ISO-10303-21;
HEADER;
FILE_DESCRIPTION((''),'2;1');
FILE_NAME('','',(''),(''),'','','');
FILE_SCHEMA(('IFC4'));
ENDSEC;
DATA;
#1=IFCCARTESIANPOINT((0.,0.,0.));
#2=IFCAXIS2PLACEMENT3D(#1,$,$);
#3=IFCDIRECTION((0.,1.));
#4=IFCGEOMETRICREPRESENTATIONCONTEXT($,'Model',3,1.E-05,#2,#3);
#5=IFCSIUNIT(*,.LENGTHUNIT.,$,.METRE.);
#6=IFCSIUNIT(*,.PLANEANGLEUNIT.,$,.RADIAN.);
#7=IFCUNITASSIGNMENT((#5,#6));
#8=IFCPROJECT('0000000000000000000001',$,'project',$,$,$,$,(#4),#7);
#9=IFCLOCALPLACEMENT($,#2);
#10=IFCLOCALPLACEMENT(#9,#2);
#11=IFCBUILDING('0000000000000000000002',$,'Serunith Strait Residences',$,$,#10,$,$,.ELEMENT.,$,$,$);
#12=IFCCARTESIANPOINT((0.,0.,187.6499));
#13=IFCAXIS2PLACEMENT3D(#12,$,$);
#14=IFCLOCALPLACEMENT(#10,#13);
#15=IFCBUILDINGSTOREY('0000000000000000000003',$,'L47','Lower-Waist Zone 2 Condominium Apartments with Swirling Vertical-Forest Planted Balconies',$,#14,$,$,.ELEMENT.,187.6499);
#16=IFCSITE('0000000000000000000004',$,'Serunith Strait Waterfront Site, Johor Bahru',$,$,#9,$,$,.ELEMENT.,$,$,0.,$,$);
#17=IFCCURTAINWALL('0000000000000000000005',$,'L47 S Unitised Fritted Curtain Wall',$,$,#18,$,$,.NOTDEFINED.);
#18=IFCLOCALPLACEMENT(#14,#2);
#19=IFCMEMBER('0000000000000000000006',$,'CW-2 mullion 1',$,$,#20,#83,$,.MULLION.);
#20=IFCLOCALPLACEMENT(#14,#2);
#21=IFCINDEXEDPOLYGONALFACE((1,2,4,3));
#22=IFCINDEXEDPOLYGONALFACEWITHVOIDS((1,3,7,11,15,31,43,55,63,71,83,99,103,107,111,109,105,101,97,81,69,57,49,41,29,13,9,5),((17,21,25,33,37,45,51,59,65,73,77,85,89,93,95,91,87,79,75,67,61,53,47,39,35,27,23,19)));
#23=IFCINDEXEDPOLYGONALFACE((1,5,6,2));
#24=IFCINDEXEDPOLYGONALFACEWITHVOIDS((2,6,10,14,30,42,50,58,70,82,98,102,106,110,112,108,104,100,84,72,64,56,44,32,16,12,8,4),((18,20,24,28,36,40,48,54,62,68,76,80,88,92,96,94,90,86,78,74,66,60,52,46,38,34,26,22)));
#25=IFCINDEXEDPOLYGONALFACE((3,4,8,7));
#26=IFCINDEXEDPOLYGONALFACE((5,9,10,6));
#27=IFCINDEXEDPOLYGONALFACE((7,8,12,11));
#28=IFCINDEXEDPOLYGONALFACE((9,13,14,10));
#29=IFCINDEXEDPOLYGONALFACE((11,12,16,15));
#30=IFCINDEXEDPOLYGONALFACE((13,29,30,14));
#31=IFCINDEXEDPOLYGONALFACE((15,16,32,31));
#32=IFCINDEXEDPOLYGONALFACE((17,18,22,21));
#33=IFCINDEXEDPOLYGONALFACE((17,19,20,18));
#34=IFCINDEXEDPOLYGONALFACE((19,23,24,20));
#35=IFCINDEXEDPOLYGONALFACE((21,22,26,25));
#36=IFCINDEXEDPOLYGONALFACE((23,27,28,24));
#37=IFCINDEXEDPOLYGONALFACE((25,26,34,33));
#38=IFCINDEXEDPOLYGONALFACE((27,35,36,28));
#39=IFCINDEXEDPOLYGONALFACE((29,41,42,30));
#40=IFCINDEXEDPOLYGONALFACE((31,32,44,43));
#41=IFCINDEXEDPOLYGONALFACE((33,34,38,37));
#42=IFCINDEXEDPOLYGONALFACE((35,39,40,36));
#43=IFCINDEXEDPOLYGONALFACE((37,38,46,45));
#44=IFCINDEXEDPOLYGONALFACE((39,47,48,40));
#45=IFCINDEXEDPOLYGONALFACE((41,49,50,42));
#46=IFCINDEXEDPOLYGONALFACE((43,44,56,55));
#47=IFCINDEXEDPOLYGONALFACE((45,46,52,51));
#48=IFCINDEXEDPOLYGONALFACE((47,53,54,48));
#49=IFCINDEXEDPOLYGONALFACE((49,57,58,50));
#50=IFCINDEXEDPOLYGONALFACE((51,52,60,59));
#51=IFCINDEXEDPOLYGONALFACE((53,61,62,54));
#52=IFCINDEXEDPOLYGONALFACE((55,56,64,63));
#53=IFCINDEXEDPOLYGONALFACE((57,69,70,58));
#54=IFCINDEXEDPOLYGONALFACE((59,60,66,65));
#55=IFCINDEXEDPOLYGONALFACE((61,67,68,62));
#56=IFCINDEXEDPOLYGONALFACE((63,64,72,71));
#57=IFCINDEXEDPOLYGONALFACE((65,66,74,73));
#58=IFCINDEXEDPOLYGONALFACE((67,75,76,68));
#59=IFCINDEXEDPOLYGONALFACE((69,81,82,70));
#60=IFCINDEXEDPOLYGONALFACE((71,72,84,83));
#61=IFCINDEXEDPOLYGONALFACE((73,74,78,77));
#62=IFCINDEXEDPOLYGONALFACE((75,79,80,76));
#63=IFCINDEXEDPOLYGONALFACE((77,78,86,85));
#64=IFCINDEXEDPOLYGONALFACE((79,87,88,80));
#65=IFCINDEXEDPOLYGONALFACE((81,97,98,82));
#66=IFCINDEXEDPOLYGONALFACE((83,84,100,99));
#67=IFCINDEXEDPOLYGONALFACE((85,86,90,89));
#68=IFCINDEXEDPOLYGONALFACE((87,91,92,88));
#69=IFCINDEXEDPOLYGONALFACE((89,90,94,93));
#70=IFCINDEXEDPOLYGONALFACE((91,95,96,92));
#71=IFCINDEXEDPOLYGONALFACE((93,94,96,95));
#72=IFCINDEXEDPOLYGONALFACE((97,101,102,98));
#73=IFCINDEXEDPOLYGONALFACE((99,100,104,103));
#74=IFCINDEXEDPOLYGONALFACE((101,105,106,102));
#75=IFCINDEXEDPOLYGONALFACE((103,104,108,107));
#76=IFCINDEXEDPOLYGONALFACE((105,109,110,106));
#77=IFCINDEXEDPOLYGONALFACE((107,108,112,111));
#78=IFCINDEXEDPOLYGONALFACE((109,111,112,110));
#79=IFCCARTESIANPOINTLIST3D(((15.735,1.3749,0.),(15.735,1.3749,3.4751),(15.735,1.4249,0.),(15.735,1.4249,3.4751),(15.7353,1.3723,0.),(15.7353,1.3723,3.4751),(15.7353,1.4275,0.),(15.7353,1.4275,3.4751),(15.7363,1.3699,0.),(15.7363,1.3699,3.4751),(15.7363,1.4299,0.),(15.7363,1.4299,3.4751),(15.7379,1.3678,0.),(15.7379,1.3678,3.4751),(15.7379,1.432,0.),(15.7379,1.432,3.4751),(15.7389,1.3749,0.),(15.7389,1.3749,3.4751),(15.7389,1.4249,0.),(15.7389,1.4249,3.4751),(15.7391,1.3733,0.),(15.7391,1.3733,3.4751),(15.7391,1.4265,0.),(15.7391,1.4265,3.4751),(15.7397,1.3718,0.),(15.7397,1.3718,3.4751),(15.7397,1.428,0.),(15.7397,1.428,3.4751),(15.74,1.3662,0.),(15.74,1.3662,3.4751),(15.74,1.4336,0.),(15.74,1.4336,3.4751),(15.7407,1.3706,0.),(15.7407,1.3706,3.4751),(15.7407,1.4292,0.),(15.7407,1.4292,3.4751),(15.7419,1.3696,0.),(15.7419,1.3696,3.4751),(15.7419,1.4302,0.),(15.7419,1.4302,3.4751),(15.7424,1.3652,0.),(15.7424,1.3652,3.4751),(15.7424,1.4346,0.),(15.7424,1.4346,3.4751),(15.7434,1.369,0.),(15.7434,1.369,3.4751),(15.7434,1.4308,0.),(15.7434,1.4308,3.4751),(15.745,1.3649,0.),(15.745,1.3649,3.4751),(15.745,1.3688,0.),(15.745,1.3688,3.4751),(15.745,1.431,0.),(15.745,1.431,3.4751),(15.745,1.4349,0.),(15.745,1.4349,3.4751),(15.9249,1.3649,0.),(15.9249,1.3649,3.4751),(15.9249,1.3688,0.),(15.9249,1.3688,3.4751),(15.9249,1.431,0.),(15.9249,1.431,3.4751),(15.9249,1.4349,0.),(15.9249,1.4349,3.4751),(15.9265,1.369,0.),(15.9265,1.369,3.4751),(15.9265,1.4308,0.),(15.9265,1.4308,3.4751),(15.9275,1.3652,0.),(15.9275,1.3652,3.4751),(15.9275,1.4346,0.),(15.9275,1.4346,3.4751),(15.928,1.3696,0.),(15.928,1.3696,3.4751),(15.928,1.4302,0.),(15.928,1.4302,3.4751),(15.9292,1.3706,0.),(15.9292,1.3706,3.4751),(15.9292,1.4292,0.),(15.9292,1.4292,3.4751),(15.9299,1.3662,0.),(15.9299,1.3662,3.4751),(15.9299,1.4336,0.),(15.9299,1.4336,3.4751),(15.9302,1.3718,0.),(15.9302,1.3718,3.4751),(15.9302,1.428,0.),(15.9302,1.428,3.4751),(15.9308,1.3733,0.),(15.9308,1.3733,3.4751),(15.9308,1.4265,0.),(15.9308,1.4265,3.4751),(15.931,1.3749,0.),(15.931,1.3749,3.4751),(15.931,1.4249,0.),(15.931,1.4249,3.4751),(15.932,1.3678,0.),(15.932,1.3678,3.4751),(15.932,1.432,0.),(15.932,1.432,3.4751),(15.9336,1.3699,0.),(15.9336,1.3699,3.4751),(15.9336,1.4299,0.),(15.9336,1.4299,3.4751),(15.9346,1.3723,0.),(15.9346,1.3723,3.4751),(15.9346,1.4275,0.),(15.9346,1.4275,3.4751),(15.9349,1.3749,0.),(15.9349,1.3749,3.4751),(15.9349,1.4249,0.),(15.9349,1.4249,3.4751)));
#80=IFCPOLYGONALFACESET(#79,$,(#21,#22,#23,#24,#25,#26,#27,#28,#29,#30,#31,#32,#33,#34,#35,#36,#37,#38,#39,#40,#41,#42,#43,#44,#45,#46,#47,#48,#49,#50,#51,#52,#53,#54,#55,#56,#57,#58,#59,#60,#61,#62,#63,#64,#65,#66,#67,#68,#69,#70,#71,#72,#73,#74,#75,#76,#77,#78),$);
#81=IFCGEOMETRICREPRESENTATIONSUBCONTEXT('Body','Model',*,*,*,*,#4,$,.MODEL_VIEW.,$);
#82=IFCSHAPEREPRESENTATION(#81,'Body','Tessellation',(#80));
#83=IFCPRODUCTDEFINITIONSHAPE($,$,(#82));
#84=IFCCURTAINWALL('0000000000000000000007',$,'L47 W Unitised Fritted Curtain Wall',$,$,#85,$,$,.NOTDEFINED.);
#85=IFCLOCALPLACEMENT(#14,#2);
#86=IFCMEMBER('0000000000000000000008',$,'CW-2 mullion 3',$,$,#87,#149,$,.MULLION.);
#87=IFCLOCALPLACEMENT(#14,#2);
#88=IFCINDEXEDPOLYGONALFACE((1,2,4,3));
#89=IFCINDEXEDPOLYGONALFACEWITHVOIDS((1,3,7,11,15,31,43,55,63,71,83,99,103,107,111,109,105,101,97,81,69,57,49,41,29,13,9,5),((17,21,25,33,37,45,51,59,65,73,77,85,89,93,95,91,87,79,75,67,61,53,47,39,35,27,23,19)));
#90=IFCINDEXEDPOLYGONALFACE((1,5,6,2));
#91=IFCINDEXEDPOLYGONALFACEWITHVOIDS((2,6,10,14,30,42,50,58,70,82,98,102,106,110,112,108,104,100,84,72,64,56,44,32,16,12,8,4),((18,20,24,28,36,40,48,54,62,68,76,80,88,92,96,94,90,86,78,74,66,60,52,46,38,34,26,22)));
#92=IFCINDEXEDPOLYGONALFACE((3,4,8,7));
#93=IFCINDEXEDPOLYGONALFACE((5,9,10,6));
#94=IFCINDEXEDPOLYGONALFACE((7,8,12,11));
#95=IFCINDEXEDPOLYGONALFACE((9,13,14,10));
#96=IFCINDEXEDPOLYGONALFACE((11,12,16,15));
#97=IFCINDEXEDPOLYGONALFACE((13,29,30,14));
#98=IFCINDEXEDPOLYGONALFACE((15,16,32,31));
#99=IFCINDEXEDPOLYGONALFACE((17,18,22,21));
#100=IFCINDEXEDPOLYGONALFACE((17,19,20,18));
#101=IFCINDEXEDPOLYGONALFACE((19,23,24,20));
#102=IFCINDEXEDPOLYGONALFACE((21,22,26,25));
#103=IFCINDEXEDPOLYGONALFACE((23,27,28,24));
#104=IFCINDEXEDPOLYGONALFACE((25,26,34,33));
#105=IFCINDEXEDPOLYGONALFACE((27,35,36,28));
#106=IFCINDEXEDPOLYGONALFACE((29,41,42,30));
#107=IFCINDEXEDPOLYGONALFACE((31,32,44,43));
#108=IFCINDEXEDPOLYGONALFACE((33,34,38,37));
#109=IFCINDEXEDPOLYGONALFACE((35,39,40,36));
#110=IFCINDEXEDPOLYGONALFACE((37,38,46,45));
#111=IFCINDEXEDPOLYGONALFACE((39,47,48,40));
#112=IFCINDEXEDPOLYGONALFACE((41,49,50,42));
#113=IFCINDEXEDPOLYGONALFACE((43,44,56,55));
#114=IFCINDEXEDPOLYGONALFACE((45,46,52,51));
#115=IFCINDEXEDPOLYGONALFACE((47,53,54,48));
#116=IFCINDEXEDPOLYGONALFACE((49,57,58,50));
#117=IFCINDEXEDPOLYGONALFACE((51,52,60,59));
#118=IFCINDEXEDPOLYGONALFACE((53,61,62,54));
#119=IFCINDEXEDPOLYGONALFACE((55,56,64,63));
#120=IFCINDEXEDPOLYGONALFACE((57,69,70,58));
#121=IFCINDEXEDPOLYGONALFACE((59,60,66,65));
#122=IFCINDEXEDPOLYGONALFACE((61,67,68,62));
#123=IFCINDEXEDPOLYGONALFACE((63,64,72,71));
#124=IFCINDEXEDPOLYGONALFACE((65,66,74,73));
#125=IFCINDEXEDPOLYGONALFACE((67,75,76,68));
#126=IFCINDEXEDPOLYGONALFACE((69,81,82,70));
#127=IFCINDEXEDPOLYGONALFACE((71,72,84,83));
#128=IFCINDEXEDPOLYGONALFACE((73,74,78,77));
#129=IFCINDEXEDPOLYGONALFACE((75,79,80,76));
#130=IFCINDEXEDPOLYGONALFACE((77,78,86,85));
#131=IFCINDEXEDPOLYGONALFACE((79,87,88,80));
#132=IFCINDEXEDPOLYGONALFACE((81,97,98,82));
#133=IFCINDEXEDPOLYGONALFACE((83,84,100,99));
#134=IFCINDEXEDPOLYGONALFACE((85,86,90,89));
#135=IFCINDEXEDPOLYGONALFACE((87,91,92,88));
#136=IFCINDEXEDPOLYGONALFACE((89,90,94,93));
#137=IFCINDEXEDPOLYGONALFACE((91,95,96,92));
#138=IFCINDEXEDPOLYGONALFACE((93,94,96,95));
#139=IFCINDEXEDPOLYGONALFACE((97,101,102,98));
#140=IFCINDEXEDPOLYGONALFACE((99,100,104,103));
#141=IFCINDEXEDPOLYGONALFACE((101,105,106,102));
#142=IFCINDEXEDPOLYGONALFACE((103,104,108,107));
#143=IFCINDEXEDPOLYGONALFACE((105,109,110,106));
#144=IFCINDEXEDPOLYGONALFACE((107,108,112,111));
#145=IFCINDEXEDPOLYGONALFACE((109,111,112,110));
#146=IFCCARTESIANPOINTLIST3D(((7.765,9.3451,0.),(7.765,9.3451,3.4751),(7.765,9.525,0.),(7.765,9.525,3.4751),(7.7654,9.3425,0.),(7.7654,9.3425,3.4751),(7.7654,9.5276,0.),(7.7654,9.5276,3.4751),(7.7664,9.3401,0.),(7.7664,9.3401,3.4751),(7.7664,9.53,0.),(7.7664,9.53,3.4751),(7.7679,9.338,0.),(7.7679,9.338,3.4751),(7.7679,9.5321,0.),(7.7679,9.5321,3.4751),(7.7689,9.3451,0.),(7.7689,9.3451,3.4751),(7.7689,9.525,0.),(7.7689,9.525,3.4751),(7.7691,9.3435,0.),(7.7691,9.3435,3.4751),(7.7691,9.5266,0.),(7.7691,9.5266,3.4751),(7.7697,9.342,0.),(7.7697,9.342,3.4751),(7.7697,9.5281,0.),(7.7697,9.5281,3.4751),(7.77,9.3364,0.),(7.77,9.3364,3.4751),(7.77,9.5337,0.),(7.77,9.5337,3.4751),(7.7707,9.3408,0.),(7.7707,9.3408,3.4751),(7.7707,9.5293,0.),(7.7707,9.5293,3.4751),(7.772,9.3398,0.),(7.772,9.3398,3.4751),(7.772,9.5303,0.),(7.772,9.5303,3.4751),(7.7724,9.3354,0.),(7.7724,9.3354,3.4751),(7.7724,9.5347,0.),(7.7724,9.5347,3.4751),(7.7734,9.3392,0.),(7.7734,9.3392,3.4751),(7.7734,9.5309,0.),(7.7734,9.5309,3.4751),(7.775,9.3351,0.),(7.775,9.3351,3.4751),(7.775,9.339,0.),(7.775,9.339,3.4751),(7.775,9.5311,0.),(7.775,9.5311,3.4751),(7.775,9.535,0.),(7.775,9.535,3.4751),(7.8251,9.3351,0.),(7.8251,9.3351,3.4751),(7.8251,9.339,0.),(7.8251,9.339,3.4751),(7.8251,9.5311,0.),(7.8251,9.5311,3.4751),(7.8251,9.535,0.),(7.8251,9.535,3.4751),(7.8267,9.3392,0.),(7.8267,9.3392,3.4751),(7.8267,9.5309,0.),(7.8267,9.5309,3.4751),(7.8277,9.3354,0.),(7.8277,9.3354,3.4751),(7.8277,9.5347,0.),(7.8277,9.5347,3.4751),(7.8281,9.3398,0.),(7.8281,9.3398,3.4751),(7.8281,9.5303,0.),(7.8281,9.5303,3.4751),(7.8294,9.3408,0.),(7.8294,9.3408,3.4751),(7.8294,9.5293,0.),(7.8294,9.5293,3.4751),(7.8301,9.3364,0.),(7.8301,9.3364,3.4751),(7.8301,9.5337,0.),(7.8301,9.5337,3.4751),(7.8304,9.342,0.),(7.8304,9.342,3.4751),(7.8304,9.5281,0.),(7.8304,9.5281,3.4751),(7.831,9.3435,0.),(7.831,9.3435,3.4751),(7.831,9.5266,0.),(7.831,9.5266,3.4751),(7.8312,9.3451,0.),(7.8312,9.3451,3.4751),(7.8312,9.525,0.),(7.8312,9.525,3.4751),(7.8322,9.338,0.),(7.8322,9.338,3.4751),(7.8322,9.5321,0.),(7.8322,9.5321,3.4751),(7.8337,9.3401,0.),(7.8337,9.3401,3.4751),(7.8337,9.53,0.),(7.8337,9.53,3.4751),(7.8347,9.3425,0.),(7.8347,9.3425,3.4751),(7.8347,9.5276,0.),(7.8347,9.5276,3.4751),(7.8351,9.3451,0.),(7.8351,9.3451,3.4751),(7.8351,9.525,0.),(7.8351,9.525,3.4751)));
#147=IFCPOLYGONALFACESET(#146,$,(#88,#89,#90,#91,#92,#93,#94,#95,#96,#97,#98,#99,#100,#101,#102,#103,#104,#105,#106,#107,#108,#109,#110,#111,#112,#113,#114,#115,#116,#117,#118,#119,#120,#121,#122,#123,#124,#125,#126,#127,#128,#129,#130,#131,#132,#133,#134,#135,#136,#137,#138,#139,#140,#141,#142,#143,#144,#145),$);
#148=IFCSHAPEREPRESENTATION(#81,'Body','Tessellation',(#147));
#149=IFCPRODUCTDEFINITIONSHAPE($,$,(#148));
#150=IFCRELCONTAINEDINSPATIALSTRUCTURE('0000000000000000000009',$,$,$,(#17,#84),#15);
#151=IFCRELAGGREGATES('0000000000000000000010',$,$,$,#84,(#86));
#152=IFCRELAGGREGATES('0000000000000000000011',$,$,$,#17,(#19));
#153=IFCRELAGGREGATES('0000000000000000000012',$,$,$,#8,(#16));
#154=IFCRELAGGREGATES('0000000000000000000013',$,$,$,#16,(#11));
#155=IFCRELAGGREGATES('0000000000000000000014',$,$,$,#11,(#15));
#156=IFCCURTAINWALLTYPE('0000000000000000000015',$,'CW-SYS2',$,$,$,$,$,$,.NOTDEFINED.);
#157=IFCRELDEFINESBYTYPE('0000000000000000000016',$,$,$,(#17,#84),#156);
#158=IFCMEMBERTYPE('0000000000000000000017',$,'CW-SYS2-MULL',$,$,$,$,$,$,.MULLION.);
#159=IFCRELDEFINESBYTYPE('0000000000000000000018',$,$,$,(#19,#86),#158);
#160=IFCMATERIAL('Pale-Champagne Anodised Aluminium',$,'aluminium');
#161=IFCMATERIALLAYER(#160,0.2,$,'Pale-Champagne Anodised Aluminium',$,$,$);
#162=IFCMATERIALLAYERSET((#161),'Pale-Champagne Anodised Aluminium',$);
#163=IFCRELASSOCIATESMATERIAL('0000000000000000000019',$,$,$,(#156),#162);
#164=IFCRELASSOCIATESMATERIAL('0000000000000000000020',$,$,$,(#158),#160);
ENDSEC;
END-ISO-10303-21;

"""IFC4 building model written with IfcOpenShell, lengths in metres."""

from ifc_helpers import new_model, si_unit, direction, frame, origin, origin_2d, place, context, subcontext, project, spatial, hollow_rectangle, extrude, source, transform, mapped, material, layer, layer_set, material_profile, profile_set, type_object, element, aggregate, save


model = new_model("IFC4")

# Units and contexts
model_context = context("Model", 3, precision=1e-05, world=origin(), true_north=direction((0.0, 1.0)))
body_context = subcontext(model_context, "Body", "Model", "MODEL_VIEW")
ifc_project = project(units=[si_unit("LENGTHUNIT", "METRE"), si_unit("PLANEANGLEUNIT", "RADIAN")], contexts=[model_context])

# Site, building, storey
site_placement = place(None, origin())
site = spatial("IfcSite", under=ifc_project, at=site_placement, Name="Serunith Strait Waterfront Site, Johor Bahru", CompositionType="ELEMENT", RefElevation=0.0)
building_placement = place(site_placement, origin())
building = spatial("IfcBuilding", under=site, at=building_placement, Name="Serunith Strait Residences", CompositionType="ELEMENT")
storey_placement = place(building_placement, frame((0.0, 0.0, 187.6499)))
storey = spatial("IfcBuildingStorey", under=building, at=storey_placement, Name="L47", Description="Lower-Waist Zone 2 Condominium Apartments with Swirling Vertical-Forest Planted Balconies", CompositionType="ELEMENT", Elevation=187.6499)

# Curtain walls, members
ifc_material_1 = material(Name="Pale-Champagne Anodised Aluminium", Category="aluminium")
ifc_layer_1 = layer(ifc_material_1, 0.2, Name="Pale-Champagne Anodised Aluminium")
ifc_layer_set_1 = layer_set([ifc_layer_1], Name="Pale-Champagne Anodised Aluminium")
curtain_wall_type = type_object("IfcCurtainWallType", Name="CW-SYS2", PredefinedType="NOTDEFINED", material=ifc_layer_set_1)
curtain_wall_1_placement = place(storey_placement, origin())
curtain_wall_1 = element("IfcCurtainWall", 1, at=curtain_wall_1_placement, inside=storey, type_object=curtain_wall_type, Name="L47 S Unitised Fritted Curtain Wall", PredefinedType="NOTDEFINED")
ifc_material_profile_1 = material_profile(ifc_material_1, hollow_rectangle(XDim=0.0701, YDim=0.2, WallThickness=0.0039, InnerFilletRadius=0.0061, OuterFilletRadius=0.01, at=origin_2d()), Name="ALU 200x70x4")
ifc_profile_set_1 = profile_set([ifc_material_profile_1], Name="Pale-Champagne Anodised Aluminium")
member_type_1 = type_object("IfcMemberType", Name="CW-SYS2-MULL", PredefinedType="MULLION", material=ifc_profile_set_1)
shared_shape_1 = source(origin(), body_context, "Body", "SweptSolid", [
    extrude(hollow_rectangle(XDim=0.0701, YDim=0.2, WallThickness=0.0039, InnerFilletRadius=0.0061, OuterFilletRadius=0.01, at=origin_2d()), origin(), (0.0, 0.0, 1.0), 3.4751),
])
member_1_placement = place(storey_placement, frame((15.835, 1.3999, 0.0), z_axis=(0.0, 0.0, 1.0), x_axis=(0.0, 1.0, 0.0)))
member_1 = element("IfcMember", 2, at=member_1_placement, type_object=member_type_1, Name="CW-2 mullion 1", PredefinedType="MULLION", context=body_context, shape_type="MappedRepresentation", body=[
    mapped(shared_shape_1, transform((0.0, 0.0, 0.0), scale=1.0)),
])
curtain_wall_2_placement = place(storey_placement, origin())
curtain_wall_2 = element("IfcCurtainWall", 3, at=curtain_wall_2_placement, inside=storey, type_object=curtain_wall_type, Name="L47 W Unitised Fritted Curtain Wall", PredefinedType="NOTDEFINED")
member_2_placement = place(storey_placement, frame((7.8, 9.4351, 0.0), z_axis=(0.0, 0.0, 1.0), x_axis=(1.0, 0.0, 0.0)))
member_2 = element("IfcMember", 4, at=member_2_placement, type_object=member_type_1, Name="CW-2 mullion 3", PredefinedType="MULLION", context=body_context, shape_type="MappedRepresentation", body=[
    mapped(shared_shape_1, transform((0.0, 0.0, 0.0), scale=1.0)),
])
aggregate(curtain_wall_2, [member_2])

aggregate(curtain_wall_1, [member_1])

save(model, "model.ifc")
